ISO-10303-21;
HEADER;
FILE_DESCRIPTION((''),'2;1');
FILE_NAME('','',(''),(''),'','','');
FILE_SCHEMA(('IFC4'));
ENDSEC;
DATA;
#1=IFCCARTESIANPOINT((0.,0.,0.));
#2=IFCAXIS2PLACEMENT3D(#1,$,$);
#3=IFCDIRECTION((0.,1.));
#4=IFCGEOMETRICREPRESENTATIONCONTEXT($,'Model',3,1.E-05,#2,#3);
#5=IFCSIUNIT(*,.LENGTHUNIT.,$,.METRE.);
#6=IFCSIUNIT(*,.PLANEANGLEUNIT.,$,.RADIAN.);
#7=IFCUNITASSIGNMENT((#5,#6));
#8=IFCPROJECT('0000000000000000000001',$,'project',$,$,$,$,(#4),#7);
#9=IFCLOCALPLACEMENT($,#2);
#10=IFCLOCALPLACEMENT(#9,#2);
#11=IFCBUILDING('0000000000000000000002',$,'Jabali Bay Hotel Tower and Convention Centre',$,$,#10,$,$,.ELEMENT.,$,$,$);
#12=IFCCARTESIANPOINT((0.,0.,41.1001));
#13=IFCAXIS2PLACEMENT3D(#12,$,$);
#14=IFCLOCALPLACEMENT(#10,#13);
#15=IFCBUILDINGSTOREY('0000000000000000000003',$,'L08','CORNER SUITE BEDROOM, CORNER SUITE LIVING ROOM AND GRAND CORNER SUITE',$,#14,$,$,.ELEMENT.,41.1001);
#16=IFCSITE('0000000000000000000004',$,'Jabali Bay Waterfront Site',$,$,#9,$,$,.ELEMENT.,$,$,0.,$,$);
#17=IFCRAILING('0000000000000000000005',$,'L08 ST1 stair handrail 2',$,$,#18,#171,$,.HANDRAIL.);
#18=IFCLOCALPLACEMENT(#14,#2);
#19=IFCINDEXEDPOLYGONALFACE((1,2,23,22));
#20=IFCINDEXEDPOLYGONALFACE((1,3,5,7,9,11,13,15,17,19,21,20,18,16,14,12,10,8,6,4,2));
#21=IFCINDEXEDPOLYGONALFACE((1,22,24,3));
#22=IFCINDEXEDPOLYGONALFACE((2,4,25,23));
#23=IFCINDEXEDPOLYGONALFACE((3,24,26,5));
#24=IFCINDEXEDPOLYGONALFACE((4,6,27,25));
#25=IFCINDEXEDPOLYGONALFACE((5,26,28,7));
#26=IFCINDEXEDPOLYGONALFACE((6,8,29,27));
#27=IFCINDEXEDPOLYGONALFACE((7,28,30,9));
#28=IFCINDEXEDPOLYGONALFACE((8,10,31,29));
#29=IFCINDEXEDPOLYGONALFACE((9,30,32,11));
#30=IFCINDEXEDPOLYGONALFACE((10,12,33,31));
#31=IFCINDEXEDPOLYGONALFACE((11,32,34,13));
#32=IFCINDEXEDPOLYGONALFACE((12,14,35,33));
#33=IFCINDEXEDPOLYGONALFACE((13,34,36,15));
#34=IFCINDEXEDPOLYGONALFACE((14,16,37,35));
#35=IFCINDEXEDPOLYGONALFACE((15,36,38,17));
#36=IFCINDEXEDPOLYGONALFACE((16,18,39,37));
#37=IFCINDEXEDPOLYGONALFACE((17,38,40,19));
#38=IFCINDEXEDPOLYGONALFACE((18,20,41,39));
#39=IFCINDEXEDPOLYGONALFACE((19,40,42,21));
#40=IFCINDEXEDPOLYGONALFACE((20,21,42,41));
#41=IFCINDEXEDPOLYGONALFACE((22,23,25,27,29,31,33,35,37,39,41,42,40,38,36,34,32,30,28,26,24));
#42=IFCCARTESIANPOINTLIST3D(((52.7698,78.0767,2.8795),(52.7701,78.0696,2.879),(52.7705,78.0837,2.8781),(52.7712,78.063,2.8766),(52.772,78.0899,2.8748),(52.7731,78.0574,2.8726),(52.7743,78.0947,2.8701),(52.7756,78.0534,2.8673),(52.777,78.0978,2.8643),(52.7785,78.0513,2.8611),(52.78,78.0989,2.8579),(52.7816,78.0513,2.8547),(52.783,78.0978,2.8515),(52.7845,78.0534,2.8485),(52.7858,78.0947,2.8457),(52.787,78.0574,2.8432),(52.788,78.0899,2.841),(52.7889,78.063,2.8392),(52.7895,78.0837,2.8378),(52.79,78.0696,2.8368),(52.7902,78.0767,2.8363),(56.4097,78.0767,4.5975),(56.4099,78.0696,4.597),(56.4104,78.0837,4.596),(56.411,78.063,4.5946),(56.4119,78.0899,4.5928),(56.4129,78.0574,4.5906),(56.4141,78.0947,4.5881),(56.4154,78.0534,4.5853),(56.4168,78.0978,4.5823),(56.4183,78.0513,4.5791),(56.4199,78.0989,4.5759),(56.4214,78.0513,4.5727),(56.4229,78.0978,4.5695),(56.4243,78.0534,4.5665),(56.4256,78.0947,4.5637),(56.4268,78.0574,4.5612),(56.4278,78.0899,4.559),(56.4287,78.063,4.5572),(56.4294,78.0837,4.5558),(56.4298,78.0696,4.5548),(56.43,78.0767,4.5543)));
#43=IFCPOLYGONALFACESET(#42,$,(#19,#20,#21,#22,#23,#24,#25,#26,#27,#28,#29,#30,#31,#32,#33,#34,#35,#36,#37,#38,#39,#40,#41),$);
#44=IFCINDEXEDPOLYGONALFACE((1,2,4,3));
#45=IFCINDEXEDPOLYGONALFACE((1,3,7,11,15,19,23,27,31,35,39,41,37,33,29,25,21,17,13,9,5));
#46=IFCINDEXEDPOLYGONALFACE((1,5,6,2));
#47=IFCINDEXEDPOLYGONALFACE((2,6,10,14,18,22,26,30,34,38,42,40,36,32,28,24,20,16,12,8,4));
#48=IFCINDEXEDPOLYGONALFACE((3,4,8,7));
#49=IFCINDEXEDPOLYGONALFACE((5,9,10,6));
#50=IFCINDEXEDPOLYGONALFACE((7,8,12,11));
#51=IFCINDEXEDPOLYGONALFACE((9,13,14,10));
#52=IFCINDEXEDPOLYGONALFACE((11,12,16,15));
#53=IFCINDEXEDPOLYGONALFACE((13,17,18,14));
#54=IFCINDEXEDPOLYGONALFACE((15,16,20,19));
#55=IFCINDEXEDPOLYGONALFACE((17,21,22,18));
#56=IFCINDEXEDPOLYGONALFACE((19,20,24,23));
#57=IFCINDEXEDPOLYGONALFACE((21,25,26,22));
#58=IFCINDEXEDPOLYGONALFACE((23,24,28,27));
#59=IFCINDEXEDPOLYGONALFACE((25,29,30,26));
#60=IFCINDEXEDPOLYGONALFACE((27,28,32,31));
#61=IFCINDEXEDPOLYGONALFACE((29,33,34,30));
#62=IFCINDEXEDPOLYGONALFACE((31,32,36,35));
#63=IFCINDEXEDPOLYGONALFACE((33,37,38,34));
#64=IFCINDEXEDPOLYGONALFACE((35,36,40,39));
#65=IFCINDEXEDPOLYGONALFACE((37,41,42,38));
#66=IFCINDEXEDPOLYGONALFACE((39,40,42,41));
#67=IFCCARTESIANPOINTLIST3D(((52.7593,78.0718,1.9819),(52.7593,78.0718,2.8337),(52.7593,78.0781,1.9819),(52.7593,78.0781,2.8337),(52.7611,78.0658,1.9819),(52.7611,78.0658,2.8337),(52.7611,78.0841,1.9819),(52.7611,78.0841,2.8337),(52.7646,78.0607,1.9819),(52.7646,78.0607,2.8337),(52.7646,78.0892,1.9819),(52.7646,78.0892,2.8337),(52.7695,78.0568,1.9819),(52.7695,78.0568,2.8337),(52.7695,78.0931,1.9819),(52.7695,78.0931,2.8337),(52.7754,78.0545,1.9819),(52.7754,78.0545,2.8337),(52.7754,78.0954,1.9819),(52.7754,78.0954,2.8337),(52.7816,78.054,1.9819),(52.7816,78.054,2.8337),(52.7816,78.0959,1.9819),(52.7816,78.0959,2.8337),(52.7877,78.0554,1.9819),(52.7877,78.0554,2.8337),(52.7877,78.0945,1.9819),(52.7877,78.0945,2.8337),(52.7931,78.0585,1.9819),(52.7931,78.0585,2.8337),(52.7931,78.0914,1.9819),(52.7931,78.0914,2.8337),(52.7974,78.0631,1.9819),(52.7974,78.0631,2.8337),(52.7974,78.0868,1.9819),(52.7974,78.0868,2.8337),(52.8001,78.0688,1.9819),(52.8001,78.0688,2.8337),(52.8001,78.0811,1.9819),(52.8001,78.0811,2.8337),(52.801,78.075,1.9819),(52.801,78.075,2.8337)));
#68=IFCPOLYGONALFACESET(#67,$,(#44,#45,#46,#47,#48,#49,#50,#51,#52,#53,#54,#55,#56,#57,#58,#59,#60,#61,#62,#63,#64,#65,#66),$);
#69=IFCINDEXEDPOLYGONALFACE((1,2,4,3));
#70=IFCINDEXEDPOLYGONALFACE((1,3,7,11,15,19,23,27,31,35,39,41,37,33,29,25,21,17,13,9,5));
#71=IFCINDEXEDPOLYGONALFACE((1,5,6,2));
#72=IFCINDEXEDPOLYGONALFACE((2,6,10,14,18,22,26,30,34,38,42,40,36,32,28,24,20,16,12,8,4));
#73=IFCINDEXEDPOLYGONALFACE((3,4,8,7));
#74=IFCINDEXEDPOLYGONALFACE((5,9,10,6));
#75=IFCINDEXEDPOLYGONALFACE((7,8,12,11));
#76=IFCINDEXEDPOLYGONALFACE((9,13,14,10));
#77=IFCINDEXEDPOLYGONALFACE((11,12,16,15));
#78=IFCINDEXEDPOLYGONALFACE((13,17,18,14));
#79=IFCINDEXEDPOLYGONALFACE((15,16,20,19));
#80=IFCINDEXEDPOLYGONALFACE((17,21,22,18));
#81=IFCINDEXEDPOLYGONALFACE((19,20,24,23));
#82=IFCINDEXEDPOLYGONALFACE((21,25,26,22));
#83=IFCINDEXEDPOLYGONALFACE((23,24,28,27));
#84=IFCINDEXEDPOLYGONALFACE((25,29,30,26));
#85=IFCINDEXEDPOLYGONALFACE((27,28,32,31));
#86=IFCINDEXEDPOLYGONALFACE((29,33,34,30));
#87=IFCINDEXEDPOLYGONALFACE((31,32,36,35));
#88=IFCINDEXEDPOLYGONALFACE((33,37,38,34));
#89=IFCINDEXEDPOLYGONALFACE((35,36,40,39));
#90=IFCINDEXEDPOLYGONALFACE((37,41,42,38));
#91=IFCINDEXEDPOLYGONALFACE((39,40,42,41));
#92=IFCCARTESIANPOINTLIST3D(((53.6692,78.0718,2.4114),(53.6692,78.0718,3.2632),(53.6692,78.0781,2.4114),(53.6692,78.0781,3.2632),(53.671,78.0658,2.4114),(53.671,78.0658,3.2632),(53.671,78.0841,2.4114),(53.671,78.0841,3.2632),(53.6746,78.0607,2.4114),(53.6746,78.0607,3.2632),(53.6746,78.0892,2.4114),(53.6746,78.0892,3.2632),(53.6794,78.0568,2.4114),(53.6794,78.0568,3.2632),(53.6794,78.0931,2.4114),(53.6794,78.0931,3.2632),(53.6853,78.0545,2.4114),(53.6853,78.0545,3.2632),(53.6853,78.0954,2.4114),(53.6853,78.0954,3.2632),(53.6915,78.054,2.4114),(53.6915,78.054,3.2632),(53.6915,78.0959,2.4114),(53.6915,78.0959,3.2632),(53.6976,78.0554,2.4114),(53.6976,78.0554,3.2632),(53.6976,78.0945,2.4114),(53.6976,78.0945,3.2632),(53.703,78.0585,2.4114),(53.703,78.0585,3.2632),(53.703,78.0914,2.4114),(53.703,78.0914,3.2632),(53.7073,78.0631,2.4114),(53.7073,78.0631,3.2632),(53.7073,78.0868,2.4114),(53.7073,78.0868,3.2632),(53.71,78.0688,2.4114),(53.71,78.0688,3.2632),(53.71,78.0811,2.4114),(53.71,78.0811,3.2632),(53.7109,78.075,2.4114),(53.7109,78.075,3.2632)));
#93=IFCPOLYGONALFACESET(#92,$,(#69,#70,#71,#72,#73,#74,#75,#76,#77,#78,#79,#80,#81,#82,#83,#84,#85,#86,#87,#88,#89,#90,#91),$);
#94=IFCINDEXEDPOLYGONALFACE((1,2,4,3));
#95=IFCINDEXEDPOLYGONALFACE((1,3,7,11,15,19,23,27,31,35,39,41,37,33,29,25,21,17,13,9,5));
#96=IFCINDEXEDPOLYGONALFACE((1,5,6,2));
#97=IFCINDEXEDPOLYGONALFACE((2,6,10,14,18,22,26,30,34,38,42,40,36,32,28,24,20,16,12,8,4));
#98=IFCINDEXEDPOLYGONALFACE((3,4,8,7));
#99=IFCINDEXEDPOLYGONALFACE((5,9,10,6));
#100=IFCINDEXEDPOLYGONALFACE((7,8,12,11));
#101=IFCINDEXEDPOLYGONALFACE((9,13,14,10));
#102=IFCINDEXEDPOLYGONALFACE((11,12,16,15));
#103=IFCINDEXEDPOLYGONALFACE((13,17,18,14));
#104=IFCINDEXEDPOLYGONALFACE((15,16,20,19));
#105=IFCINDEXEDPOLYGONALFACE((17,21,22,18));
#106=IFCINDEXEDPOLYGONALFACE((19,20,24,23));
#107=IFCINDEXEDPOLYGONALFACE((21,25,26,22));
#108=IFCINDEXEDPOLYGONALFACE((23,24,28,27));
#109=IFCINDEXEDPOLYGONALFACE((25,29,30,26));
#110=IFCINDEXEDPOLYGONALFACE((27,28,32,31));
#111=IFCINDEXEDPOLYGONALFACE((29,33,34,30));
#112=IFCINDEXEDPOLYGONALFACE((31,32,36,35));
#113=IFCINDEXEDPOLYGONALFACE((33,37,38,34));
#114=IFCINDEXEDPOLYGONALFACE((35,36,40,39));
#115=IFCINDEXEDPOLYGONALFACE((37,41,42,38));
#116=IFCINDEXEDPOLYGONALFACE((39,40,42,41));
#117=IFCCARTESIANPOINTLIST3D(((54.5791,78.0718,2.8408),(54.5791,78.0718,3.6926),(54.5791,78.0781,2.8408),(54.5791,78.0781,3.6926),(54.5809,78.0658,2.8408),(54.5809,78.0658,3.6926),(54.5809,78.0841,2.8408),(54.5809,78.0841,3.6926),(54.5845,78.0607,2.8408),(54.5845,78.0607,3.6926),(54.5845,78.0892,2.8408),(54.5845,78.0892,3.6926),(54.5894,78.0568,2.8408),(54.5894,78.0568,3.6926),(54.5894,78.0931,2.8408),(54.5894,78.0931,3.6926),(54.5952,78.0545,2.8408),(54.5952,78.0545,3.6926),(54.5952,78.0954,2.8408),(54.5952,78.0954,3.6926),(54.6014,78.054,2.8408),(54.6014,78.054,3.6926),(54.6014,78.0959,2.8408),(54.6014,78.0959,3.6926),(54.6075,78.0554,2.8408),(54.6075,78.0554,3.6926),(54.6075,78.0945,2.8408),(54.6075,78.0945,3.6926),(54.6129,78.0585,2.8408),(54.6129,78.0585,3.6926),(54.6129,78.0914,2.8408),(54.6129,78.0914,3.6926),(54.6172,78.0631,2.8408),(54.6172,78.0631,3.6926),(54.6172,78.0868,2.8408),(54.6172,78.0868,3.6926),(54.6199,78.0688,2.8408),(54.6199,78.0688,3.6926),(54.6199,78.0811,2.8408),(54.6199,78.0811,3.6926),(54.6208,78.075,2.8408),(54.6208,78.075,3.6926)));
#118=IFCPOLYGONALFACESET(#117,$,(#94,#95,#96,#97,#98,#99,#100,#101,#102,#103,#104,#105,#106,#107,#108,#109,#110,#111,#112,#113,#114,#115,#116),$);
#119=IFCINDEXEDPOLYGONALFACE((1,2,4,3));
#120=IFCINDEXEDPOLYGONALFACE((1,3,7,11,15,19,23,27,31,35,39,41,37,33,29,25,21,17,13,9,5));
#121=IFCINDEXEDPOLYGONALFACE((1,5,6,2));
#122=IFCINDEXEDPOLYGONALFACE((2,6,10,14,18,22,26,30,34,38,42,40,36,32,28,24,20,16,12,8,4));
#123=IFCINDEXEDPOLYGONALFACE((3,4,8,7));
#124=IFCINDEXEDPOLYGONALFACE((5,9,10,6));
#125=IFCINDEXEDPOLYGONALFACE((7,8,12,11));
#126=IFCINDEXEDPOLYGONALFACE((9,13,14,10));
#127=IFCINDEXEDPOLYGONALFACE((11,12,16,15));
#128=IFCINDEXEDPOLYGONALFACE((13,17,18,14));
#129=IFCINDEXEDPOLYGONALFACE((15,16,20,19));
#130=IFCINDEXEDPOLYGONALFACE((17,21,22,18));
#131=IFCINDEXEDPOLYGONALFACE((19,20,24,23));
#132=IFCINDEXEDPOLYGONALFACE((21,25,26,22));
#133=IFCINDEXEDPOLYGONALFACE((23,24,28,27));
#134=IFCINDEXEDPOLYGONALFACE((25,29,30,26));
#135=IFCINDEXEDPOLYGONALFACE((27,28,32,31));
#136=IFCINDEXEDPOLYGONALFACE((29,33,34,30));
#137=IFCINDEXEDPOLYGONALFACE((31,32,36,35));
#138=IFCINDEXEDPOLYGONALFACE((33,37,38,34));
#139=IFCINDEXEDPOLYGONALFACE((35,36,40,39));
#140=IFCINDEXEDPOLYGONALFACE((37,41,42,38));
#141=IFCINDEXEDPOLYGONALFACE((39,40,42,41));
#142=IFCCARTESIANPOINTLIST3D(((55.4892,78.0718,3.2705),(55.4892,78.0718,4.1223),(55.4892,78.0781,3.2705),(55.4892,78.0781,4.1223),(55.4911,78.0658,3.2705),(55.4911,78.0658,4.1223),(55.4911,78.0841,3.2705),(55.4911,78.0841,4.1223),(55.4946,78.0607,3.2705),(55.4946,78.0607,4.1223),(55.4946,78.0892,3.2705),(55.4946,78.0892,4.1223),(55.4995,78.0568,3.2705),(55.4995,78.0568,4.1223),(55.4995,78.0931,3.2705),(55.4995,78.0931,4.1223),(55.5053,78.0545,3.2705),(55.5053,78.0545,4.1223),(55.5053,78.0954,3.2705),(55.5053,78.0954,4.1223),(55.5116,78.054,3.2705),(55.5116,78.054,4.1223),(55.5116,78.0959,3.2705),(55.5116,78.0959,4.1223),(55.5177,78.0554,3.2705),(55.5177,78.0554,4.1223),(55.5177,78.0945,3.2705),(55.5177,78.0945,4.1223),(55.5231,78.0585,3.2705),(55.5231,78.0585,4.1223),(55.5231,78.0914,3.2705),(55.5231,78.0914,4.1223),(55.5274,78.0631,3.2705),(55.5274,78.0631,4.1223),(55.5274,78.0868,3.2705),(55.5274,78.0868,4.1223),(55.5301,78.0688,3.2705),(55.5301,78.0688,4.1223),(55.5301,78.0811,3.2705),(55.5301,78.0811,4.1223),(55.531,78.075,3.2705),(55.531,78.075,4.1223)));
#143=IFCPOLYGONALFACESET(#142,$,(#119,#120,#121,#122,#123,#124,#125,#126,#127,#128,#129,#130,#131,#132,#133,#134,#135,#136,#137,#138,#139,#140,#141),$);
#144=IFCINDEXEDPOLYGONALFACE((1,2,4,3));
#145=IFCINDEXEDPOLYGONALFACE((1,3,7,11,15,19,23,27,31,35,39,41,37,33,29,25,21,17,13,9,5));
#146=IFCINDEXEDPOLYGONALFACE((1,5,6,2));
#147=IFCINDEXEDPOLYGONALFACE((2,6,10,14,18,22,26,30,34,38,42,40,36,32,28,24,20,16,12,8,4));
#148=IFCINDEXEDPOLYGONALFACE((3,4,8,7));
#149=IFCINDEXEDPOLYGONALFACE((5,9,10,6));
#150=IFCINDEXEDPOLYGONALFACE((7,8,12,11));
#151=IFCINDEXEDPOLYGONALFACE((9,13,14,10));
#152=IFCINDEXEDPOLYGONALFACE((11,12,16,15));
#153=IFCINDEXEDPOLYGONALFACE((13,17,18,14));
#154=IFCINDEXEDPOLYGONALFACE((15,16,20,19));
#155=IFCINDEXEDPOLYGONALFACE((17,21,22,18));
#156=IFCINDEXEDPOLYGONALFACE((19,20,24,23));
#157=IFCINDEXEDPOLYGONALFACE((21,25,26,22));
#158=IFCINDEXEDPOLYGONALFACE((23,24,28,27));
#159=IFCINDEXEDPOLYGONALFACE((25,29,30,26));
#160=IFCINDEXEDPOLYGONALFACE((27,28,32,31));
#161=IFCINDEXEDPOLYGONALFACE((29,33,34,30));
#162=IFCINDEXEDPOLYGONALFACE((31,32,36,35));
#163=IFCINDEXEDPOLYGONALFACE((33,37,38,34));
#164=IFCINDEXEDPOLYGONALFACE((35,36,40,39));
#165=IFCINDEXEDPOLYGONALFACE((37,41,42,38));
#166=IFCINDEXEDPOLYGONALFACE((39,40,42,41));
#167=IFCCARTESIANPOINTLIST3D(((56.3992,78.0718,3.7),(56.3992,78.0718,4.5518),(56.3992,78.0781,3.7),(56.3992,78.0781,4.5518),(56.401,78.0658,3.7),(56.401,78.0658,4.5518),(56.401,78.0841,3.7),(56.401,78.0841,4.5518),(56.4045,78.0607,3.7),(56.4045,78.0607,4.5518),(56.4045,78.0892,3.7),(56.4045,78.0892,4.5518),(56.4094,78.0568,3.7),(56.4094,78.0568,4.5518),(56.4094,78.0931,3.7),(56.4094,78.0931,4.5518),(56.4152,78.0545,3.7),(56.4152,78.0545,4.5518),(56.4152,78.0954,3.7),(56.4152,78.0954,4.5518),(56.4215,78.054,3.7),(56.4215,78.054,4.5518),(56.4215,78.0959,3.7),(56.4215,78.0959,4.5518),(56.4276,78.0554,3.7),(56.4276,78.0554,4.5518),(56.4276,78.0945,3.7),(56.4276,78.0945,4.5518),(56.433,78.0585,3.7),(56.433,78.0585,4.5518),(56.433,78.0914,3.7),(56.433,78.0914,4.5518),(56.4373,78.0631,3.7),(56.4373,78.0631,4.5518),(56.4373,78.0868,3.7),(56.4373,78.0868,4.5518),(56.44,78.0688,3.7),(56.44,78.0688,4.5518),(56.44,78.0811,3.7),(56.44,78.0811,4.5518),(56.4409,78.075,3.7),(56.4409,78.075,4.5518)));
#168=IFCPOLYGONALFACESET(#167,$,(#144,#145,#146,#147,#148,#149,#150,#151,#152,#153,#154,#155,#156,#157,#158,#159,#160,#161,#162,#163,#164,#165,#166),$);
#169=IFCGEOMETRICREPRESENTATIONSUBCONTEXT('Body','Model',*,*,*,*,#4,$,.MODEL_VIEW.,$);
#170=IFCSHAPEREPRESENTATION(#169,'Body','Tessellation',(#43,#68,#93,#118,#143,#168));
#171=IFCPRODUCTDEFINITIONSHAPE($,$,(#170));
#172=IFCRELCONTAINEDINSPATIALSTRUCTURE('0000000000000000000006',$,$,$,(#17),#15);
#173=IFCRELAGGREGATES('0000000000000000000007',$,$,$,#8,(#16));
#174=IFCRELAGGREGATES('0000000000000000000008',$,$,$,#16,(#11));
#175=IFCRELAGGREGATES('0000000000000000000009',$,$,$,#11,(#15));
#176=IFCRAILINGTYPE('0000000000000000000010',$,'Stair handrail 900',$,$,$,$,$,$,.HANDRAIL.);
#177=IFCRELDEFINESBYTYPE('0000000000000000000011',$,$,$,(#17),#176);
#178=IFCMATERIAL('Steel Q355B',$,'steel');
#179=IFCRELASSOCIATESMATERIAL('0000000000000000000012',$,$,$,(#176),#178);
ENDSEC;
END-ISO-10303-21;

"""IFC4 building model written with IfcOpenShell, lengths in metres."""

from ifc_helpers import new_model, si_unit, direction, frame, origin, origin_2d, place, context, subcontext, project, spatial, circle, extrude, material, type_object, element, save


model = new_model("IFC4")

# Units and contexts
model_context = context("Model", 3, precision=1e-05, world=origin(), true_north=direction((0.0, 1.0)))
body_context = subcontext(model_context, "Body", "Model", "MODEL_VIEW")
ifc_project = project(units=[si_unit("LENGTHUNIT", "METRE"), si_unit("PLANEANGLEUNIT", "RADIAN")], contexts=[model_context])

# Site, building, storey
site_placement = place(None, origin())
site = spatial("IfcSite", under=ifc_project, at=site_placement, Name="Jabali Bay Waterfront Site", CompositionType="ELEMENT", RefElevation=0.0)
building_placement = place(site_placement, origin())
building = spatial("IfcBuilding", under=site, at=building_placement, Name="Jabali Bay Hotel Tower and Convention Centre", CompositionType="ELEMENT")
storey_placement = place(building_placement, frame((0.0, 0.0, 41.1001)))
storey = spatial("IfcBuildingStorey", under=building, at=storey_placement, Name="L08", Description="CORNER SUITE BEDROOM, CORNER SUITE LIVING ROOM AND GRAND CORNER SUITE", CompositionType="ELEMENT", Elevation=41.1001)

# Railing
ifc_material_1 = material(Name="Steel Q355B", Category="steel")
railing_type = type_object("IfcRailingType", Name="Stair handrail 900", PredefinedType="HANDRAIL", material=ifc_material_1)
railing_placement = place(storey_placement, frame((52.78, 78.075, 1.9819)))
element("IfcRailing", 1, at=railing_placement, inside=storey, type_object=railing_type, Name="L08 ST1 stair handrail 2", PredefinedType="HANDRAIL", context=body_context, shape_type="SweptSolid", body=[
    extrude(circle(Radius=0.0239, at=origin_2d()), frame((0.0, 0.0, 0.876), z_axis=(0.904327, 0.0, 0.42684), x_axis=(0.0, 1.0, 0.0)), (0.0, 0.0, 1.0), 4.0249),
    extrude(circle(Radius=0.021, at=origin_2d()), origin(), (0.0, 0.0, 1.0), 0.8518),
    extrude(circle(Radius=0.021, at=origin_2d()), frame((0.9099, 0.0, 0.4294)), (0.0, 0.0, 1.0), 0.8518),
    extrude(circle(Radius=0.021, at=origin_2d()), frame((1.8198, 0.0, 0.8589)), (0.0, 0.0, 1.0), 0.8518),
    extrude(circle(Radius=0.021, at=origin_2d()), frame((2.73, 0.0, 1.2886)), (0.0, 0.0, 1.0), 0.8518),
    extrude(circle(Radius=0.021, at=origin_2d()), frame((3.6399, 0.0, 1.718)), (0.0, 0.0, 1.0), 0.8518),
])

save(model, "model.ifc")
